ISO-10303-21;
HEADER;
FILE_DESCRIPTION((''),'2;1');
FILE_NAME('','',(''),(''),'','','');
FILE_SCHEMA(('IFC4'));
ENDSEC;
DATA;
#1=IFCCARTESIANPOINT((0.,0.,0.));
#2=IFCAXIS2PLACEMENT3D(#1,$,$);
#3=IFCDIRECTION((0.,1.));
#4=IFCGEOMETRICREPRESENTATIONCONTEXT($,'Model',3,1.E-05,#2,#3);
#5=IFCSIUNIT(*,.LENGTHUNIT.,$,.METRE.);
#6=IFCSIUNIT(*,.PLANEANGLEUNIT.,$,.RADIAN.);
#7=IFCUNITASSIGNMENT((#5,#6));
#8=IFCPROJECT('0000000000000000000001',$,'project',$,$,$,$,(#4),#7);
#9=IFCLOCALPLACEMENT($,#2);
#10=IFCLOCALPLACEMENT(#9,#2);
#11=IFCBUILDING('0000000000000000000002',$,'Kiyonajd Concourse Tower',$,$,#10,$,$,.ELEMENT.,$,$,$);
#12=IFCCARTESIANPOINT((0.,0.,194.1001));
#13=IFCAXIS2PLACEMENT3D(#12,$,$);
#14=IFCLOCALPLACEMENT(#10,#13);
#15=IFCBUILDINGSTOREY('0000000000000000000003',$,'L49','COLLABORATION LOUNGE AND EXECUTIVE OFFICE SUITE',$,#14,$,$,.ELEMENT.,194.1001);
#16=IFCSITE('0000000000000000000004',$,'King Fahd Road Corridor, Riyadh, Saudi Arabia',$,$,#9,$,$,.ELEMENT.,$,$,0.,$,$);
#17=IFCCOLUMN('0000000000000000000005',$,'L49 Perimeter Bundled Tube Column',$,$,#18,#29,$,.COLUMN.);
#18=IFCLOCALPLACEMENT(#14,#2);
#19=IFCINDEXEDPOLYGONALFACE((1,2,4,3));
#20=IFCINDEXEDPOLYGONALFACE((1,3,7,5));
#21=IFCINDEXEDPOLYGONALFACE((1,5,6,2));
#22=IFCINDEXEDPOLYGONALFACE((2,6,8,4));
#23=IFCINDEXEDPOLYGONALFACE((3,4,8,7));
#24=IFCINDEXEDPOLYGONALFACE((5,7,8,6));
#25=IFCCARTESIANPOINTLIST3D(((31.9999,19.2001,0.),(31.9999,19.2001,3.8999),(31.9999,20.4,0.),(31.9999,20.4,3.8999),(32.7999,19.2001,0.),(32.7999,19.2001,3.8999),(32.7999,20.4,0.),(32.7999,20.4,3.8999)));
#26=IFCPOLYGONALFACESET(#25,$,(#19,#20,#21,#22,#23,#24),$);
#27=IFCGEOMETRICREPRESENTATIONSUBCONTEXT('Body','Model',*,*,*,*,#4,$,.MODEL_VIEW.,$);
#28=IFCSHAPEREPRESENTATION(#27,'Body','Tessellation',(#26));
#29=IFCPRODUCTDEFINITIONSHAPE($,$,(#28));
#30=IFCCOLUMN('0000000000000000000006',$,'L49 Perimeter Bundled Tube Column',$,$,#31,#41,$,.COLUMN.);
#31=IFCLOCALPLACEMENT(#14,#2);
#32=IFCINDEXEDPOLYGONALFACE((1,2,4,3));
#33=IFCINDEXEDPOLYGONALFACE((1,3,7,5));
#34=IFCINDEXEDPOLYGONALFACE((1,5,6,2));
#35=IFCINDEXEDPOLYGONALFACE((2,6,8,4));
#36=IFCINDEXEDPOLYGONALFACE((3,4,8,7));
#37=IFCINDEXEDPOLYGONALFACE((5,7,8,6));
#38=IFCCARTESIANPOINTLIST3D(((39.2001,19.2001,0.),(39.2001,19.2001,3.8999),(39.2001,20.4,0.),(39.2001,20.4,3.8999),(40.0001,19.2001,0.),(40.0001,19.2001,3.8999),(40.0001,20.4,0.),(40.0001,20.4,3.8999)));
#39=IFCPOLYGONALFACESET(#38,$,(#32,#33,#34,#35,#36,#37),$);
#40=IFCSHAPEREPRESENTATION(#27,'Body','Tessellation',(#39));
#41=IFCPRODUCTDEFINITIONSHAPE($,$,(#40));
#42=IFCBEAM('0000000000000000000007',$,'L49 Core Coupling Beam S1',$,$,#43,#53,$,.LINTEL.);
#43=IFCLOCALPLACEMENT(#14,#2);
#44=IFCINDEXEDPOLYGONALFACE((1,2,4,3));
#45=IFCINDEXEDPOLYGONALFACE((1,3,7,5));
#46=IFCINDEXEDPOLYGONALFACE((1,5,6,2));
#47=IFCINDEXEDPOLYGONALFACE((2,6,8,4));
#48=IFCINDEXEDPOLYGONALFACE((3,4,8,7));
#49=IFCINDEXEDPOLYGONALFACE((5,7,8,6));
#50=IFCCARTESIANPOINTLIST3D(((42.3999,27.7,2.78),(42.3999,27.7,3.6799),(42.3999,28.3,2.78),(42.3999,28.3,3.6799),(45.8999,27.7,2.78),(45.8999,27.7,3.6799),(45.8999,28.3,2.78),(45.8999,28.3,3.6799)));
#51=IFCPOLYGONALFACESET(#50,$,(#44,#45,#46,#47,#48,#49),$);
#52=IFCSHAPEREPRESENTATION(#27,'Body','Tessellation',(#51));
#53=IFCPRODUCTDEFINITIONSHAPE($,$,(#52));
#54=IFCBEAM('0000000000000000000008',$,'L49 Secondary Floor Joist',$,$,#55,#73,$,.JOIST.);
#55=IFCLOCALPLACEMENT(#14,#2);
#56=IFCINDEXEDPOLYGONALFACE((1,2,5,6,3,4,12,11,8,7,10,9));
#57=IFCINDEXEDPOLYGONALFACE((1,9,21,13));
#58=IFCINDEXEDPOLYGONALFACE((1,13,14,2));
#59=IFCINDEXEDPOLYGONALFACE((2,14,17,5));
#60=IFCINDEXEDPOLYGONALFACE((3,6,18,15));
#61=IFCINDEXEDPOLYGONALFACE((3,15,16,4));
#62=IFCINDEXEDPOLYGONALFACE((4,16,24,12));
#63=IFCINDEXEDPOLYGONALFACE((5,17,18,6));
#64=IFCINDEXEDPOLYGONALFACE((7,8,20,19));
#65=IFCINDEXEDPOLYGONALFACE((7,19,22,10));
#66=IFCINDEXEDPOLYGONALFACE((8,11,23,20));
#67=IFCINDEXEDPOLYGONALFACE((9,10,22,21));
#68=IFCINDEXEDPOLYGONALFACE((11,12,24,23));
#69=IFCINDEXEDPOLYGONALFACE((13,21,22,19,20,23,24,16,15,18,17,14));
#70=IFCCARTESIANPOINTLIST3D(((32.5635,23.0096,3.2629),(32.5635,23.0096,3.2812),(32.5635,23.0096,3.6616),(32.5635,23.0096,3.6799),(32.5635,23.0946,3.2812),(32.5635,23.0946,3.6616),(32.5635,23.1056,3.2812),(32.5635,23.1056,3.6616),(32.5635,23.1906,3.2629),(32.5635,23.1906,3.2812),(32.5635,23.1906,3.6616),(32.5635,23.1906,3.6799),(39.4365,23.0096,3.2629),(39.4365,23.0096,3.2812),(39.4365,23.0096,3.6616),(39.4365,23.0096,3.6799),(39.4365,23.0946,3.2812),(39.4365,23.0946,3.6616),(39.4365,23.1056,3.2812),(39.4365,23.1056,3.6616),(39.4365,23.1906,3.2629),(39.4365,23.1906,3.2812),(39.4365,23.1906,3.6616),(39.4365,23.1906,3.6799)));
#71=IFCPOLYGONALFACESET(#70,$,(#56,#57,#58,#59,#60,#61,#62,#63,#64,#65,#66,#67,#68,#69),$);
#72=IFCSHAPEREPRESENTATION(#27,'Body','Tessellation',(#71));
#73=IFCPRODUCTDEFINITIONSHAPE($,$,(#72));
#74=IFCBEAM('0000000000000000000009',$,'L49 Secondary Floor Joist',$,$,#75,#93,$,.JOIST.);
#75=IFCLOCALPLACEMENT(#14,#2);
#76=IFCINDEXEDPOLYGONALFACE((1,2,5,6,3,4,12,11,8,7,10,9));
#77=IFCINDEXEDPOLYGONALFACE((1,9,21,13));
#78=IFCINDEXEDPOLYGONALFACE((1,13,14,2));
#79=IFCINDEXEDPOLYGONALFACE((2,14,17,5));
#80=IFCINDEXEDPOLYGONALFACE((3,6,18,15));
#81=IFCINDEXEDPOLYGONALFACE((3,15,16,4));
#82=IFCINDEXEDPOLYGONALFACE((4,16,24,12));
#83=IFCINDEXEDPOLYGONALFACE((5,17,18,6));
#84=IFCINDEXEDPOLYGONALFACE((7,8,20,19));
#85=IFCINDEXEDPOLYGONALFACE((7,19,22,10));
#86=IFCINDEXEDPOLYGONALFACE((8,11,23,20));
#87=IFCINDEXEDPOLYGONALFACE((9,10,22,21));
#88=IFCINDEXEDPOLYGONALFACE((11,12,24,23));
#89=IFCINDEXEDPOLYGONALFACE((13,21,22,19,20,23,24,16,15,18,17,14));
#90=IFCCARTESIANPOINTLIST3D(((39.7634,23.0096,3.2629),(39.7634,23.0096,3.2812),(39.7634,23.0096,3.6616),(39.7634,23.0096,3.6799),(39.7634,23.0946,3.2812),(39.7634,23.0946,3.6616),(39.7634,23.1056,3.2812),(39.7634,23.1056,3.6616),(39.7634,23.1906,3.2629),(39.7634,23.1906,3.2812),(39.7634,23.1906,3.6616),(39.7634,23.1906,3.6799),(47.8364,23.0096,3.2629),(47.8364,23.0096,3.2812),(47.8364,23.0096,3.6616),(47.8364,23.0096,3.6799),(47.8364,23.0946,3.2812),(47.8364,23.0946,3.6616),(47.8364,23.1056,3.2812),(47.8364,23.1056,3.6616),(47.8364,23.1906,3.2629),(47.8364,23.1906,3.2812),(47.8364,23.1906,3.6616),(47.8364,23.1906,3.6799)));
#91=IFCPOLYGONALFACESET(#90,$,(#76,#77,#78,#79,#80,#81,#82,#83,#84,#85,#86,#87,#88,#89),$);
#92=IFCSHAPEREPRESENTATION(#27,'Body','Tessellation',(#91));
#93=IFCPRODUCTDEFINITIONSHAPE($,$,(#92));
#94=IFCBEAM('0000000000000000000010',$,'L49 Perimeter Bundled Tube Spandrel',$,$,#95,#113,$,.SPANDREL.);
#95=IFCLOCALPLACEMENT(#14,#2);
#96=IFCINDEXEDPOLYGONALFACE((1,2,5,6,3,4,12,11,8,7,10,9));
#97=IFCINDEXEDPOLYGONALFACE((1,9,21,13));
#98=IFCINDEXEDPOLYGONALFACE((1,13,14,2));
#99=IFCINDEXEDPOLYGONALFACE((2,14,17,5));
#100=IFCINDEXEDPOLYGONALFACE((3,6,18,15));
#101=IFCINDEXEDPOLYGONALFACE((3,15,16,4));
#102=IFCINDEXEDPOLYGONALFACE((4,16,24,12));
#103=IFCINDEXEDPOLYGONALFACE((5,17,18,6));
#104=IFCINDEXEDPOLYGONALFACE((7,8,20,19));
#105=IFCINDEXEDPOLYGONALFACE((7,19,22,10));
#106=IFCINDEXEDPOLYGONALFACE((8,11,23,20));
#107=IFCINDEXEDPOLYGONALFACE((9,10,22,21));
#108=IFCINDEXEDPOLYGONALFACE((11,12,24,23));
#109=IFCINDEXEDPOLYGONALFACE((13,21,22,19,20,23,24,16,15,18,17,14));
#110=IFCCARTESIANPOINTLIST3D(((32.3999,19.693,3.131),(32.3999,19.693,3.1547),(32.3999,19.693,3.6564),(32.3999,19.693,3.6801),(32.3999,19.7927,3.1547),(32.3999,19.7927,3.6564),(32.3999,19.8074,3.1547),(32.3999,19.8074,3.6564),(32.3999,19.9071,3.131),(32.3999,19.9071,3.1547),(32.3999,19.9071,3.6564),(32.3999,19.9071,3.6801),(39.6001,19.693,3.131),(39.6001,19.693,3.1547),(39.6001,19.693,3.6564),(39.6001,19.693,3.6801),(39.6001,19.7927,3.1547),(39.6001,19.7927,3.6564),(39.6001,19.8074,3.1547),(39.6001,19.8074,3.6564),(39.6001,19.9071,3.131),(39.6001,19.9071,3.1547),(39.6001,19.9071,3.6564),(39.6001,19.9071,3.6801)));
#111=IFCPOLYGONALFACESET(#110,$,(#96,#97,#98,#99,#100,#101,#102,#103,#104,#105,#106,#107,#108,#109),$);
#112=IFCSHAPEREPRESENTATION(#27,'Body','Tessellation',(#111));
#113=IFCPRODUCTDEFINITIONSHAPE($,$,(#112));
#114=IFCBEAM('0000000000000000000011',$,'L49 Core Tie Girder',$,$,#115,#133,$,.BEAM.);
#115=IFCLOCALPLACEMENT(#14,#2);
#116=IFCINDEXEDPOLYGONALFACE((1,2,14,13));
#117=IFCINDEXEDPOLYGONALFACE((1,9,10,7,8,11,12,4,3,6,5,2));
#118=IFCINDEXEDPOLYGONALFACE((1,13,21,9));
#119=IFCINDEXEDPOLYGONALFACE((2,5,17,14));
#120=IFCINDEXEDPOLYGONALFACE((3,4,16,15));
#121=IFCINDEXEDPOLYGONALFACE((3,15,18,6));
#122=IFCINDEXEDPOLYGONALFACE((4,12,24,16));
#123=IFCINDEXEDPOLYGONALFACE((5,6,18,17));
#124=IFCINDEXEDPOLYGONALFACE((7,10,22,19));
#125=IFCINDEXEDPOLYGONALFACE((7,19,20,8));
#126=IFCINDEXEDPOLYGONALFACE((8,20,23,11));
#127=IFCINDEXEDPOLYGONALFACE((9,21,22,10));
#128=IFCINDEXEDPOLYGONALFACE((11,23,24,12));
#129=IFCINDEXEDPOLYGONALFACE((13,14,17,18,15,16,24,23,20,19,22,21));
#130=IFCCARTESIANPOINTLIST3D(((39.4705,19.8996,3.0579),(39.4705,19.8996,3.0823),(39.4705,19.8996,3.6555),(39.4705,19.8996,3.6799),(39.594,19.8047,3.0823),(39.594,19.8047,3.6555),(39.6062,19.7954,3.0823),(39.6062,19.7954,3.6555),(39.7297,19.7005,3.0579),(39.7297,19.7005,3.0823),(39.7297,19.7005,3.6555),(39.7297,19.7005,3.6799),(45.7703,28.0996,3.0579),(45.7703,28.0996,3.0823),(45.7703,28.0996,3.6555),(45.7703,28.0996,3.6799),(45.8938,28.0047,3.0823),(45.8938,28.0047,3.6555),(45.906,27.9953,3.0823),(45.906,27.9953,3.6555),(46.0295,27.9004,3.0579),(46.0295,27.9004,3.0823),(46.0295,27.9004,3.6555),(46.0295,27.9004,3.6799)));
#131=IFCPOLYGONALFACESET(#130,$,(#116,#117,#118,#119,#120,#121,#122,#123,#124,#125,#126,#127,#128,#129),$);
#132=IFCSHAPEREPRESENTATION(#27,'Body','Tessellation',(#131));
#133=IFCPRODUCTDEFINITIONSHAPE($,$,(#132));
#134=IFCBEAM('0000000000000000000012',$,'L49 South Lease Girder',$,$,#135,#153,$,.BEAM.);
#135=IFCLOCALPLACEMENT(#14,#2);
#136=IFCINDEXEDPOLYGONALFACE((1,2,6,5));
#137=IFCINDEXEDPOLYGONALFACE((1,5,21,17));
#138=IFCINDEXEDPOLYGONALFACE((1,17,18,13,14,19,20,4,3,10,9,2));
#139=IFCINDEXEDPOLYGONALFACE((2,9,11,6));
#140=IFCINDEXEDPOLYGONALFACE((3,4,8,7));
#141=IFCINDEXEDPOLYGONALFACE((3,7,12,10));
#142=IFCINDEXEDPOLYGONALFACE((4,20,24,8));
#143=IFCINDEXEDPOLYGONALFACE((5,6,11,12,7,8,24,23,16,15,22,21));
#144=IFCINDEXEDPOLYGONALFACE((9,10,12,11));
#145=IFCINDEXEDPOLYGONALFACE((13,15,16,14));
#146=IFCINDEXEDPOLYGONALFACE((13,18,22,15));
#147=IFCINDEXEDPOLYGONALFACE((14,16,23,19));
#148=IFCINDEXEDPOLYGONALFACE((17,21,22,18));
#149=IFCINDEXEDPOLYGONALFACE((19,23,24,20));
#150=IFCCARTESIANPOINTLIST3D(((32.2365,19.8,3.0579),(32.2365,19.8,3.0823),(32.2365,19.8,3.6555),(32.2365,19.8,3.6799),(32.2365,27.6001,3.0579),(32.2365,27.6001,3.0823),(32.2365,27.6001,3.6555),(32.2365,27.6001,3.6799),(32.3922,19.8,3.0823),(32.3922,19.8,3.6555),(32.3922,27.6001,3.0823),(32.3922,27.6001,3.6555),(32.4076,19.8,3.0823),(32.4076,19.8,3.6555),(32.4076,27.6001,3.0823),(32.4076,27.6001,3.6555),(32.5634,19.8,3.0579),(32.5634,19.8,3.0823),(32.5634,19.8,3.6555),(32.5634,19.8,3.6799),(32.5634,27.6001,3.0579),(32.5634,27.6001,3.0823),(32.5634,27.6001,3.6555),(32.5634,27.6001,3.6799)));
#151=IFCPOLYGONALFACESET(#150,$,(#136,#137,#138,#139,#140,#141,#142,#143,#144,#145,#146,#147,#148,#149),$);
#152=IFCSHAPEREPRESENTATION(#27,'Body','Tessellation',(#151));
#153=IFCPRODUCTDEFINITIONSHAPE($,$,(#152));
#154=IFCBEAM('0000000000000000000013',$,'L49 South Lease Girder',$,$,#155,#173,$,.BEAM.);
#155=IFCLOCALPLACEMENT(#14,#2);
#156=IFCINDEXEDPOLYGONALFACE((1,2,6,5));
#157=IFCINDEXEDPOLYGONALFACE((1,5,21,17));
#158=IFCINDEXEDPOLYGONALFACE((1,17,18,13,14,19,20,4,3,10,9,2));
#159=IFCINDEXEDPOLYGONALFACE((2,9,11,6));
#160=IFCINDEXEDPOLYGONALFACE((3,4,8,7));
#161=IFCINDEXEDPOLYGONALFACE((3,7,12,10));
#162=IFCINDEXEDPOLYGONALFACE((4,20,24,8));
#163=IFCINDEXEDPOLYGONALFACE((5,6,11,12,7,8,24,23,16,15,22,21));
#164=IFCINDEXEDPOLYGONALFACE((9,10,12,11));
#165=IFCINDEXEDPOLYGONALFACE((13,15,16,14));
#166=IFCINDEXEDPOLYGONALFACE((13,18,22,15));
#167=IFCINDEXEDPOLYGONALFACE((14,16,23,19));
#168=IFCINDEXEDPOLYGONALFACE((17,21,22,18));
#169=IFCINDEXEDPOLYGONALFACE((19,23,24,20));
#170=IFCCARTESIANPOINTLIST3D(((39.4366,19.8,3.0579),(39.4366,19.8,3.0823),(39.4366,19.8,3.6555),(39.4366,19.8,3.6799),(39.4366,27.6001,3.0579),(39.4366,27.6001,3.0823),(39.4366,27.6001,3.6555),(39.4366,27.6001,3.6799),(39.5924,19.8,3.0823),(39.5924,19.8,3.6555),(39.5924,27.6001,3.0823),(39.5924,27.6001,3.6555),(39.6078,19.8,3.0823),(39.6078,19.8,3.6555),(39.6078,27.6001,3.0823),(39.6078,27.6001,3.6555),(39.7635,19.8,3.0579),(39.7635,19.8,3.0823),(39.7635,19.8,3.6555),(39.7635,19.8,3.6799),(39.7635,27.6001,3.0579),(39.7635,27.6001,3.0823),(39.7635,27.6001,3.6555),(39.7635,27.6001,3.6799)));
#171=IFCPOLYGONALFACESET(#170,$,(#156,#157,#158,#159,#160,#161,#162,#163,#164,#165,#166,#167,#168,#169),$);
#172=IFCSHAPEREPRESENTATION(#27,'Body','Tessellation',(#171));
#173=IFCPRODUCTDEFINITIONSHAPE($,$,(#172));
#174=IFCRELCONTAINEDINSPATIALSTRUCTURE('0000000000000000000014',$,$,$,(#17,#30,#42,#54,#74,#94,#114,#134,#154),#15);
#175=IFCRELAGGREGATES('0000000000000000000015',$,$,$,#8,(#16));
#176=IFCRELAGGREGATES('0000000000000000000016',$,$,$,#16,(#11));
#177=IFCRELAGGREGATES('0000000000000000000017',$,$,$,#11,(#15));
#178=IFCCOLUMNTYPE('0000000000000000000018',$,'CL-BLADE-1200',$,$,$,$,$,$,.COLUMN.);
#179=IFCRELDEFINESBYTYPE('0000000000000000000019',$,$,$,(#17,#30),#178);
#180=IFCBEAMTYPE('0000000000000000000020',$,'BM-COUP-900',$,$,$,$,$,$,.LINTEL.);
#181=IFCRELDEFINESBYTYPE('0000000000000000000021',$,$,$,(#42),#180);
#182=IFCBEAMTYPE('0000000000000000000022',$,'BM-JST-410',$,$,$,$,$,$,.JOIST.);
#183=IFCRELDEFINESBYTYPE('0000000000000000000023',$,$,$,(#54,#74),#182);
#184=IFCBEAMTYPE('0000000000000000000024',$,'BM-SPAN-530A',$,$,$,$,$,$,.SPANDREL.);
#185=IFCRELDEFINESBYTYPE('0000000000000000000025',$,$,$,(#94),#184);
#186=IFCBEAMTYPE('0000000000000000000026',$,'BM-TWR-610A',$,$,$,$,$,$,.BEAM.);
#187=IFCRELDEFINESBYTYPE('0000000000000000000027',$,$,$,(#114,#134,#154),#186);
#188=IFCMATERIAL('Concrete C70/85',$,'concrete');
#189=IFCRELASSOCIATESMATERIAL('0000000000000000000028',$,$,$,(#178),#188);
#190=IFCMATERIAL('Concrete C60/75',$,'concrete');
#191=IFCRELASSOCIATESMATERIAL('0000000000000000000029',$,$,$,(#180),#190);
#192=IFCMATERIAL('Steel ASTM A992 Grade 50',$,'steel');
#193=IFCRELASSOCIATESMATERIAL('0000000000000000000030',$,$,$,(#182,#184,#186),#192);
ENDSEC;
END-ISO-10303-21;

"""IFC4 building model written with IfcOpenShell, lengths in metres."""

from ifc_helpers import new_model, si_unit, direction, frame, origin, origin_2d, place, context, subcontext, project, spatial, rectangle, i_section, extrude, material, material_profile, profile_set, type_object, element, save


model = new_model("IFC4")

# Units and contexts
model_context = context("Model", 3, precision=1e-05, world=origin(), true_north=direction((0.0, 1.0)))
body_context = subcontext(model_context, "Body", "Model", "MODEL_VIEW")
ifc_project = project(units=[si_unit("LENGTHUNIT", "METRE"), si_unit("PLANEANGLEUNIT", "RADIAN")], contexts=[model_context])

# Site, building, storey
site_placement = place(None, origin())
site = spatial("IfcSite", under=ifc_project, at=site_placement, Name="King Fahd Road Corridor, Riyadh, Saudi Arabia", CompositionType="ELEMENT", RefElevation=0.0)
building_placement = place(site_placement, origin())
building = spatial("IfcBuilding", under=site, at=building_placement, Name="Kiyonajd Concourse Tower", CompositionType="ELEMENT")
storey_placement = place(building_placement, frame((0.0, 0.0, 194.1001)))
storey = spatial("IfcBuildingStorey", under=building, at=storey_placement, Name="L49", Description="COLLABORATION LOUNGE AND EXECUTIVE OFFICE SUITE", CompositionType="ELEMENT", Elevation=194.1001)

# Columns
ifc_material_1 = material(Name="Concrete C70/85", Category="concrete")
ifc_material_profile_1 = material_profile(ifc_material_1, rectangle(XDim=0.8, YDim=1.2, at=origin_2d()), Name="RC-1200x800")
ifc_profile_set_1 = profile_set([ifc_material_profile_1], Name="Concrete C70/85")
column_type = type_object("IfcColumnType", Name="CL-BLADE-1200", PredefinedType="COLUMN", material=ifc_profile_set_1)
for number, where, z_axis, x_axis, name in (
    (1, (32.3999, 19.8, 0.0), (0.0, 0.0, 1.0), (1.0, 0.0, 0.0), "L49 Perimeter Bundled Tube Column"),
    (2, (39.6001, 19.8, 0.0), (0.0, 0.0, 1.0), (1.0, 0.0, 0.0), "L49 Perimeter Bundled Tube Column"),
):
    element("IfcColumn", number, at=place(storey_placement, frame(where, z_axis=z_axis, x_axis=x_axis)), inside=storey, type_object=column_type, Name=name, PredefinedType="COLUMN", context=body_context, shape_type="SweptSolid", body=[
        extrude(rectangle(XDim=0.8, YDim=1.2, at=origin_2d()), origin(), (0.0, 0.0, 1.0), 3.8999),
    ])

# Beams
ifc_material_2 = material(Name="Concrete C60/75", Category="concrete")
ifc_material_profile_2 = material_profile(ifc_material_2, rectangle(XDim=0.6001, YDim=0.8999, at=origin_2d()), Name="RCBM-600x900")
ifc_profile_set_2 = profile_set([ifc_material_profile_2], Name="Concrete C60/75")
beam_type_1 = type_object("IfcBeamType", Name="BM-COUP-900", PredefinedType="LINTEL", material=ifc_profile_set_2)
beam_1_placement = place(storey_placement, frame((42.3999, 28.0, 3.23), z_axis=(1.0, 0.0, 0.0), x_axis=(0.0, 1.0, 0.0)))
element("IfcBeam", 3, at=beam_1_placement, inside=storey, type_object=beam_type_1, Name="L49 Core Coupling Beam S1", PredefinedType="LINTEL", context=body_context, shape_type="SweptSolid", body=[
    extrude(rectangle(XDim=0.6001, YDim=0.8999, at=origin_2d()), origin(), (0.0, 0.0, 1.0), 3.5),
])
ifc_material_3 = material(Name="Steel ASTM A992 Grade 50", Category="steel")
ifc_material_profile_3 = material_profile(ifc_material_3, i_section(OverallWidth=0.1809, OverallDepth=0.417, WebThickness=0.011, FlangeThickness=0.0183, at=origin_2d()), Name="W410X85")
ifc_profile_set_3 = profile_set([ifc_material_profile_3], Name="Steel ASTM A992 Grade 50")
beam_type_2 = type_object("IfcBeamType", Name="BM-JST-410", PredefinedType="JOIST", material=ifc_profile_set_3)
beam_2_placement = place(storey_placement, frame((32.5635, 23.1001, 3.4714), z_axis=(1.0, 0.0, 0.0), x_axis=(0.0, 1.0, 0.0)))
element("IfcBeam", 4, at=beam_2_placement, inside=storey, type_object=beam_type_2, Name="L49 Secondary Floor Joist", PredefinedType="JOIST", context=body_context, shape_type="SweptSolid", body=[
    extrude(i_section(OverallWidth=0.1809, OverallDepth=0.417, WebThickness=0.011, FlangeThickness=0.0183, at=origin_2d()), origin(), (0.0, 0.0, 1.0), 6.873),
])
beam_3_placement = place(storey_placement, frame((39.7634, 23.1001, 3.4714), z_axis=(1.0, 0.0, 0.0), x_axis=(0.0, 1.0, 0.0)))
element("IfcBeam", 5, at=beam_3_placement, inside=storey, type_object=beam_type_2, Name="L49 Secondary Floor Joist", PredefinedType="JOIST", context=body_context, shape_type="SweptSolid", body=[
    extrude(i_section(OverallWidth=0.1809, OverallDepth=0.417, WebThickness=0.011, FlangeThickness=0.0183, at=origin_2d()), origin(), (0.0, 0.0, 1.0), 8.073),
])
ifc_material_profile_4 = material_profile(ifc_material_3, i_section(OverallWidth=0.2141, OverallDepth=0.5491, WebThickness=0.0146, FlangeThickness=0.0237, at=origin_2d()), Name="W530X138")
ifc_profile_set_4 = profile_set([ifc_material_profile_4], Name="Steel ASTM A992 Grade 50")
beam_type_3 = type_object("IfcBeamType", Name="BM-SPAN-530A", PredefinedType="SPANDREL", material=ifc_profile_set_4)
beam_4_placement = place(storey_placement, frame((32.3999, 19.8, 3.4055), z_axis=(1.0, 0.0, 0.0), x_axis=(0.0, 1.0, 0.0)))
element("IfcBeam", 6, at=beam_4_placement, inside=storey, type_object=beam_type_3, Name="L49 Perimeter Bundled Tube Spandrel", PredefinedType="SPANDREL", context=body_context, shape_type="SweptSolid", body=[
    extrude(i_section(OverallWidth=0.2141, OverallDepth=0.5491, WebThickness=0.0146, FlangeThickness=0.0237, at=origin_2d()), origin(), (0.0, 0.0, 1.0), 7.2002),
])
ifc_material_profile_5 = material_profile(ifc_material_3, i_section(OverallWidth=0.3269, OverallDepth=0.6221, WebThickness=0.0154, FlangeThickness=0.0244, at=origin_2d()), Name="W610X195")
ifc_profile_set_5 = profile_set([ifc_material_profile_5], Name="Steel ASTM A992 Grade 50")
beam_type_4 = type_object("IfcBeamType", Name="BM-TWR-610A", PredefinedType="BEAM", material=ifc_profile_set_5)
beam_5_placement = place(storey_placement, frame((39.6001, 19.8, 3.3689), z_axis=(0.609234, 0.792991, 0.0), x_axis=(-0.792991, 0.609234, 0.0)))
element("IfcBeam", 7, at=beam_5_placement, inside=storey, type_object=beam_type_4, Name="L49 Core Tie Girder", PredefinedType="BEAM", context=body_context, shape_type="SweptSolid", body=[
    extrude(i_section(OverallWidth=0.3269, OverallDepth=0.6221, WebThickness=0.0154, FlangeThickness=0.0244, at=origin_2d()), origin(), (0.0, 0.0, 1.0), 10.3406),
])
for number, where, z_axis, x_axis, name in (
    (8, (32.3999, 19.8, 3.3689), (0.0, 1.0, 0.0), (-1.0, 0.0, 0.0), "L49 South Lease Girder"),
    (9, (39.6001, 19.8, 3.3689), (0.0, 1.0, 0.0), (-1.0, 0.0, 0.0), "L49 South Lease Girder"),
):
    element("IfcBeam", number, at=place(storey_placement, frame(where, z_axis=z_axis, x_axis=x_axis)), inside=storey, type_object=beam_type_4, Name=name, PredefinedType="BEAM", context=body_context, shape_type="SweptSolid", body=[
        extrude(i_section(OverallWidth=0.3269, OverallDepth=0.6221, WebThickness=0.0154, FlangeThickness=0.0244, at=origin_2d()), origin(), (0.0, 0.0, 1.0), 7.8),
    ])

save(model, "model.ifc")
